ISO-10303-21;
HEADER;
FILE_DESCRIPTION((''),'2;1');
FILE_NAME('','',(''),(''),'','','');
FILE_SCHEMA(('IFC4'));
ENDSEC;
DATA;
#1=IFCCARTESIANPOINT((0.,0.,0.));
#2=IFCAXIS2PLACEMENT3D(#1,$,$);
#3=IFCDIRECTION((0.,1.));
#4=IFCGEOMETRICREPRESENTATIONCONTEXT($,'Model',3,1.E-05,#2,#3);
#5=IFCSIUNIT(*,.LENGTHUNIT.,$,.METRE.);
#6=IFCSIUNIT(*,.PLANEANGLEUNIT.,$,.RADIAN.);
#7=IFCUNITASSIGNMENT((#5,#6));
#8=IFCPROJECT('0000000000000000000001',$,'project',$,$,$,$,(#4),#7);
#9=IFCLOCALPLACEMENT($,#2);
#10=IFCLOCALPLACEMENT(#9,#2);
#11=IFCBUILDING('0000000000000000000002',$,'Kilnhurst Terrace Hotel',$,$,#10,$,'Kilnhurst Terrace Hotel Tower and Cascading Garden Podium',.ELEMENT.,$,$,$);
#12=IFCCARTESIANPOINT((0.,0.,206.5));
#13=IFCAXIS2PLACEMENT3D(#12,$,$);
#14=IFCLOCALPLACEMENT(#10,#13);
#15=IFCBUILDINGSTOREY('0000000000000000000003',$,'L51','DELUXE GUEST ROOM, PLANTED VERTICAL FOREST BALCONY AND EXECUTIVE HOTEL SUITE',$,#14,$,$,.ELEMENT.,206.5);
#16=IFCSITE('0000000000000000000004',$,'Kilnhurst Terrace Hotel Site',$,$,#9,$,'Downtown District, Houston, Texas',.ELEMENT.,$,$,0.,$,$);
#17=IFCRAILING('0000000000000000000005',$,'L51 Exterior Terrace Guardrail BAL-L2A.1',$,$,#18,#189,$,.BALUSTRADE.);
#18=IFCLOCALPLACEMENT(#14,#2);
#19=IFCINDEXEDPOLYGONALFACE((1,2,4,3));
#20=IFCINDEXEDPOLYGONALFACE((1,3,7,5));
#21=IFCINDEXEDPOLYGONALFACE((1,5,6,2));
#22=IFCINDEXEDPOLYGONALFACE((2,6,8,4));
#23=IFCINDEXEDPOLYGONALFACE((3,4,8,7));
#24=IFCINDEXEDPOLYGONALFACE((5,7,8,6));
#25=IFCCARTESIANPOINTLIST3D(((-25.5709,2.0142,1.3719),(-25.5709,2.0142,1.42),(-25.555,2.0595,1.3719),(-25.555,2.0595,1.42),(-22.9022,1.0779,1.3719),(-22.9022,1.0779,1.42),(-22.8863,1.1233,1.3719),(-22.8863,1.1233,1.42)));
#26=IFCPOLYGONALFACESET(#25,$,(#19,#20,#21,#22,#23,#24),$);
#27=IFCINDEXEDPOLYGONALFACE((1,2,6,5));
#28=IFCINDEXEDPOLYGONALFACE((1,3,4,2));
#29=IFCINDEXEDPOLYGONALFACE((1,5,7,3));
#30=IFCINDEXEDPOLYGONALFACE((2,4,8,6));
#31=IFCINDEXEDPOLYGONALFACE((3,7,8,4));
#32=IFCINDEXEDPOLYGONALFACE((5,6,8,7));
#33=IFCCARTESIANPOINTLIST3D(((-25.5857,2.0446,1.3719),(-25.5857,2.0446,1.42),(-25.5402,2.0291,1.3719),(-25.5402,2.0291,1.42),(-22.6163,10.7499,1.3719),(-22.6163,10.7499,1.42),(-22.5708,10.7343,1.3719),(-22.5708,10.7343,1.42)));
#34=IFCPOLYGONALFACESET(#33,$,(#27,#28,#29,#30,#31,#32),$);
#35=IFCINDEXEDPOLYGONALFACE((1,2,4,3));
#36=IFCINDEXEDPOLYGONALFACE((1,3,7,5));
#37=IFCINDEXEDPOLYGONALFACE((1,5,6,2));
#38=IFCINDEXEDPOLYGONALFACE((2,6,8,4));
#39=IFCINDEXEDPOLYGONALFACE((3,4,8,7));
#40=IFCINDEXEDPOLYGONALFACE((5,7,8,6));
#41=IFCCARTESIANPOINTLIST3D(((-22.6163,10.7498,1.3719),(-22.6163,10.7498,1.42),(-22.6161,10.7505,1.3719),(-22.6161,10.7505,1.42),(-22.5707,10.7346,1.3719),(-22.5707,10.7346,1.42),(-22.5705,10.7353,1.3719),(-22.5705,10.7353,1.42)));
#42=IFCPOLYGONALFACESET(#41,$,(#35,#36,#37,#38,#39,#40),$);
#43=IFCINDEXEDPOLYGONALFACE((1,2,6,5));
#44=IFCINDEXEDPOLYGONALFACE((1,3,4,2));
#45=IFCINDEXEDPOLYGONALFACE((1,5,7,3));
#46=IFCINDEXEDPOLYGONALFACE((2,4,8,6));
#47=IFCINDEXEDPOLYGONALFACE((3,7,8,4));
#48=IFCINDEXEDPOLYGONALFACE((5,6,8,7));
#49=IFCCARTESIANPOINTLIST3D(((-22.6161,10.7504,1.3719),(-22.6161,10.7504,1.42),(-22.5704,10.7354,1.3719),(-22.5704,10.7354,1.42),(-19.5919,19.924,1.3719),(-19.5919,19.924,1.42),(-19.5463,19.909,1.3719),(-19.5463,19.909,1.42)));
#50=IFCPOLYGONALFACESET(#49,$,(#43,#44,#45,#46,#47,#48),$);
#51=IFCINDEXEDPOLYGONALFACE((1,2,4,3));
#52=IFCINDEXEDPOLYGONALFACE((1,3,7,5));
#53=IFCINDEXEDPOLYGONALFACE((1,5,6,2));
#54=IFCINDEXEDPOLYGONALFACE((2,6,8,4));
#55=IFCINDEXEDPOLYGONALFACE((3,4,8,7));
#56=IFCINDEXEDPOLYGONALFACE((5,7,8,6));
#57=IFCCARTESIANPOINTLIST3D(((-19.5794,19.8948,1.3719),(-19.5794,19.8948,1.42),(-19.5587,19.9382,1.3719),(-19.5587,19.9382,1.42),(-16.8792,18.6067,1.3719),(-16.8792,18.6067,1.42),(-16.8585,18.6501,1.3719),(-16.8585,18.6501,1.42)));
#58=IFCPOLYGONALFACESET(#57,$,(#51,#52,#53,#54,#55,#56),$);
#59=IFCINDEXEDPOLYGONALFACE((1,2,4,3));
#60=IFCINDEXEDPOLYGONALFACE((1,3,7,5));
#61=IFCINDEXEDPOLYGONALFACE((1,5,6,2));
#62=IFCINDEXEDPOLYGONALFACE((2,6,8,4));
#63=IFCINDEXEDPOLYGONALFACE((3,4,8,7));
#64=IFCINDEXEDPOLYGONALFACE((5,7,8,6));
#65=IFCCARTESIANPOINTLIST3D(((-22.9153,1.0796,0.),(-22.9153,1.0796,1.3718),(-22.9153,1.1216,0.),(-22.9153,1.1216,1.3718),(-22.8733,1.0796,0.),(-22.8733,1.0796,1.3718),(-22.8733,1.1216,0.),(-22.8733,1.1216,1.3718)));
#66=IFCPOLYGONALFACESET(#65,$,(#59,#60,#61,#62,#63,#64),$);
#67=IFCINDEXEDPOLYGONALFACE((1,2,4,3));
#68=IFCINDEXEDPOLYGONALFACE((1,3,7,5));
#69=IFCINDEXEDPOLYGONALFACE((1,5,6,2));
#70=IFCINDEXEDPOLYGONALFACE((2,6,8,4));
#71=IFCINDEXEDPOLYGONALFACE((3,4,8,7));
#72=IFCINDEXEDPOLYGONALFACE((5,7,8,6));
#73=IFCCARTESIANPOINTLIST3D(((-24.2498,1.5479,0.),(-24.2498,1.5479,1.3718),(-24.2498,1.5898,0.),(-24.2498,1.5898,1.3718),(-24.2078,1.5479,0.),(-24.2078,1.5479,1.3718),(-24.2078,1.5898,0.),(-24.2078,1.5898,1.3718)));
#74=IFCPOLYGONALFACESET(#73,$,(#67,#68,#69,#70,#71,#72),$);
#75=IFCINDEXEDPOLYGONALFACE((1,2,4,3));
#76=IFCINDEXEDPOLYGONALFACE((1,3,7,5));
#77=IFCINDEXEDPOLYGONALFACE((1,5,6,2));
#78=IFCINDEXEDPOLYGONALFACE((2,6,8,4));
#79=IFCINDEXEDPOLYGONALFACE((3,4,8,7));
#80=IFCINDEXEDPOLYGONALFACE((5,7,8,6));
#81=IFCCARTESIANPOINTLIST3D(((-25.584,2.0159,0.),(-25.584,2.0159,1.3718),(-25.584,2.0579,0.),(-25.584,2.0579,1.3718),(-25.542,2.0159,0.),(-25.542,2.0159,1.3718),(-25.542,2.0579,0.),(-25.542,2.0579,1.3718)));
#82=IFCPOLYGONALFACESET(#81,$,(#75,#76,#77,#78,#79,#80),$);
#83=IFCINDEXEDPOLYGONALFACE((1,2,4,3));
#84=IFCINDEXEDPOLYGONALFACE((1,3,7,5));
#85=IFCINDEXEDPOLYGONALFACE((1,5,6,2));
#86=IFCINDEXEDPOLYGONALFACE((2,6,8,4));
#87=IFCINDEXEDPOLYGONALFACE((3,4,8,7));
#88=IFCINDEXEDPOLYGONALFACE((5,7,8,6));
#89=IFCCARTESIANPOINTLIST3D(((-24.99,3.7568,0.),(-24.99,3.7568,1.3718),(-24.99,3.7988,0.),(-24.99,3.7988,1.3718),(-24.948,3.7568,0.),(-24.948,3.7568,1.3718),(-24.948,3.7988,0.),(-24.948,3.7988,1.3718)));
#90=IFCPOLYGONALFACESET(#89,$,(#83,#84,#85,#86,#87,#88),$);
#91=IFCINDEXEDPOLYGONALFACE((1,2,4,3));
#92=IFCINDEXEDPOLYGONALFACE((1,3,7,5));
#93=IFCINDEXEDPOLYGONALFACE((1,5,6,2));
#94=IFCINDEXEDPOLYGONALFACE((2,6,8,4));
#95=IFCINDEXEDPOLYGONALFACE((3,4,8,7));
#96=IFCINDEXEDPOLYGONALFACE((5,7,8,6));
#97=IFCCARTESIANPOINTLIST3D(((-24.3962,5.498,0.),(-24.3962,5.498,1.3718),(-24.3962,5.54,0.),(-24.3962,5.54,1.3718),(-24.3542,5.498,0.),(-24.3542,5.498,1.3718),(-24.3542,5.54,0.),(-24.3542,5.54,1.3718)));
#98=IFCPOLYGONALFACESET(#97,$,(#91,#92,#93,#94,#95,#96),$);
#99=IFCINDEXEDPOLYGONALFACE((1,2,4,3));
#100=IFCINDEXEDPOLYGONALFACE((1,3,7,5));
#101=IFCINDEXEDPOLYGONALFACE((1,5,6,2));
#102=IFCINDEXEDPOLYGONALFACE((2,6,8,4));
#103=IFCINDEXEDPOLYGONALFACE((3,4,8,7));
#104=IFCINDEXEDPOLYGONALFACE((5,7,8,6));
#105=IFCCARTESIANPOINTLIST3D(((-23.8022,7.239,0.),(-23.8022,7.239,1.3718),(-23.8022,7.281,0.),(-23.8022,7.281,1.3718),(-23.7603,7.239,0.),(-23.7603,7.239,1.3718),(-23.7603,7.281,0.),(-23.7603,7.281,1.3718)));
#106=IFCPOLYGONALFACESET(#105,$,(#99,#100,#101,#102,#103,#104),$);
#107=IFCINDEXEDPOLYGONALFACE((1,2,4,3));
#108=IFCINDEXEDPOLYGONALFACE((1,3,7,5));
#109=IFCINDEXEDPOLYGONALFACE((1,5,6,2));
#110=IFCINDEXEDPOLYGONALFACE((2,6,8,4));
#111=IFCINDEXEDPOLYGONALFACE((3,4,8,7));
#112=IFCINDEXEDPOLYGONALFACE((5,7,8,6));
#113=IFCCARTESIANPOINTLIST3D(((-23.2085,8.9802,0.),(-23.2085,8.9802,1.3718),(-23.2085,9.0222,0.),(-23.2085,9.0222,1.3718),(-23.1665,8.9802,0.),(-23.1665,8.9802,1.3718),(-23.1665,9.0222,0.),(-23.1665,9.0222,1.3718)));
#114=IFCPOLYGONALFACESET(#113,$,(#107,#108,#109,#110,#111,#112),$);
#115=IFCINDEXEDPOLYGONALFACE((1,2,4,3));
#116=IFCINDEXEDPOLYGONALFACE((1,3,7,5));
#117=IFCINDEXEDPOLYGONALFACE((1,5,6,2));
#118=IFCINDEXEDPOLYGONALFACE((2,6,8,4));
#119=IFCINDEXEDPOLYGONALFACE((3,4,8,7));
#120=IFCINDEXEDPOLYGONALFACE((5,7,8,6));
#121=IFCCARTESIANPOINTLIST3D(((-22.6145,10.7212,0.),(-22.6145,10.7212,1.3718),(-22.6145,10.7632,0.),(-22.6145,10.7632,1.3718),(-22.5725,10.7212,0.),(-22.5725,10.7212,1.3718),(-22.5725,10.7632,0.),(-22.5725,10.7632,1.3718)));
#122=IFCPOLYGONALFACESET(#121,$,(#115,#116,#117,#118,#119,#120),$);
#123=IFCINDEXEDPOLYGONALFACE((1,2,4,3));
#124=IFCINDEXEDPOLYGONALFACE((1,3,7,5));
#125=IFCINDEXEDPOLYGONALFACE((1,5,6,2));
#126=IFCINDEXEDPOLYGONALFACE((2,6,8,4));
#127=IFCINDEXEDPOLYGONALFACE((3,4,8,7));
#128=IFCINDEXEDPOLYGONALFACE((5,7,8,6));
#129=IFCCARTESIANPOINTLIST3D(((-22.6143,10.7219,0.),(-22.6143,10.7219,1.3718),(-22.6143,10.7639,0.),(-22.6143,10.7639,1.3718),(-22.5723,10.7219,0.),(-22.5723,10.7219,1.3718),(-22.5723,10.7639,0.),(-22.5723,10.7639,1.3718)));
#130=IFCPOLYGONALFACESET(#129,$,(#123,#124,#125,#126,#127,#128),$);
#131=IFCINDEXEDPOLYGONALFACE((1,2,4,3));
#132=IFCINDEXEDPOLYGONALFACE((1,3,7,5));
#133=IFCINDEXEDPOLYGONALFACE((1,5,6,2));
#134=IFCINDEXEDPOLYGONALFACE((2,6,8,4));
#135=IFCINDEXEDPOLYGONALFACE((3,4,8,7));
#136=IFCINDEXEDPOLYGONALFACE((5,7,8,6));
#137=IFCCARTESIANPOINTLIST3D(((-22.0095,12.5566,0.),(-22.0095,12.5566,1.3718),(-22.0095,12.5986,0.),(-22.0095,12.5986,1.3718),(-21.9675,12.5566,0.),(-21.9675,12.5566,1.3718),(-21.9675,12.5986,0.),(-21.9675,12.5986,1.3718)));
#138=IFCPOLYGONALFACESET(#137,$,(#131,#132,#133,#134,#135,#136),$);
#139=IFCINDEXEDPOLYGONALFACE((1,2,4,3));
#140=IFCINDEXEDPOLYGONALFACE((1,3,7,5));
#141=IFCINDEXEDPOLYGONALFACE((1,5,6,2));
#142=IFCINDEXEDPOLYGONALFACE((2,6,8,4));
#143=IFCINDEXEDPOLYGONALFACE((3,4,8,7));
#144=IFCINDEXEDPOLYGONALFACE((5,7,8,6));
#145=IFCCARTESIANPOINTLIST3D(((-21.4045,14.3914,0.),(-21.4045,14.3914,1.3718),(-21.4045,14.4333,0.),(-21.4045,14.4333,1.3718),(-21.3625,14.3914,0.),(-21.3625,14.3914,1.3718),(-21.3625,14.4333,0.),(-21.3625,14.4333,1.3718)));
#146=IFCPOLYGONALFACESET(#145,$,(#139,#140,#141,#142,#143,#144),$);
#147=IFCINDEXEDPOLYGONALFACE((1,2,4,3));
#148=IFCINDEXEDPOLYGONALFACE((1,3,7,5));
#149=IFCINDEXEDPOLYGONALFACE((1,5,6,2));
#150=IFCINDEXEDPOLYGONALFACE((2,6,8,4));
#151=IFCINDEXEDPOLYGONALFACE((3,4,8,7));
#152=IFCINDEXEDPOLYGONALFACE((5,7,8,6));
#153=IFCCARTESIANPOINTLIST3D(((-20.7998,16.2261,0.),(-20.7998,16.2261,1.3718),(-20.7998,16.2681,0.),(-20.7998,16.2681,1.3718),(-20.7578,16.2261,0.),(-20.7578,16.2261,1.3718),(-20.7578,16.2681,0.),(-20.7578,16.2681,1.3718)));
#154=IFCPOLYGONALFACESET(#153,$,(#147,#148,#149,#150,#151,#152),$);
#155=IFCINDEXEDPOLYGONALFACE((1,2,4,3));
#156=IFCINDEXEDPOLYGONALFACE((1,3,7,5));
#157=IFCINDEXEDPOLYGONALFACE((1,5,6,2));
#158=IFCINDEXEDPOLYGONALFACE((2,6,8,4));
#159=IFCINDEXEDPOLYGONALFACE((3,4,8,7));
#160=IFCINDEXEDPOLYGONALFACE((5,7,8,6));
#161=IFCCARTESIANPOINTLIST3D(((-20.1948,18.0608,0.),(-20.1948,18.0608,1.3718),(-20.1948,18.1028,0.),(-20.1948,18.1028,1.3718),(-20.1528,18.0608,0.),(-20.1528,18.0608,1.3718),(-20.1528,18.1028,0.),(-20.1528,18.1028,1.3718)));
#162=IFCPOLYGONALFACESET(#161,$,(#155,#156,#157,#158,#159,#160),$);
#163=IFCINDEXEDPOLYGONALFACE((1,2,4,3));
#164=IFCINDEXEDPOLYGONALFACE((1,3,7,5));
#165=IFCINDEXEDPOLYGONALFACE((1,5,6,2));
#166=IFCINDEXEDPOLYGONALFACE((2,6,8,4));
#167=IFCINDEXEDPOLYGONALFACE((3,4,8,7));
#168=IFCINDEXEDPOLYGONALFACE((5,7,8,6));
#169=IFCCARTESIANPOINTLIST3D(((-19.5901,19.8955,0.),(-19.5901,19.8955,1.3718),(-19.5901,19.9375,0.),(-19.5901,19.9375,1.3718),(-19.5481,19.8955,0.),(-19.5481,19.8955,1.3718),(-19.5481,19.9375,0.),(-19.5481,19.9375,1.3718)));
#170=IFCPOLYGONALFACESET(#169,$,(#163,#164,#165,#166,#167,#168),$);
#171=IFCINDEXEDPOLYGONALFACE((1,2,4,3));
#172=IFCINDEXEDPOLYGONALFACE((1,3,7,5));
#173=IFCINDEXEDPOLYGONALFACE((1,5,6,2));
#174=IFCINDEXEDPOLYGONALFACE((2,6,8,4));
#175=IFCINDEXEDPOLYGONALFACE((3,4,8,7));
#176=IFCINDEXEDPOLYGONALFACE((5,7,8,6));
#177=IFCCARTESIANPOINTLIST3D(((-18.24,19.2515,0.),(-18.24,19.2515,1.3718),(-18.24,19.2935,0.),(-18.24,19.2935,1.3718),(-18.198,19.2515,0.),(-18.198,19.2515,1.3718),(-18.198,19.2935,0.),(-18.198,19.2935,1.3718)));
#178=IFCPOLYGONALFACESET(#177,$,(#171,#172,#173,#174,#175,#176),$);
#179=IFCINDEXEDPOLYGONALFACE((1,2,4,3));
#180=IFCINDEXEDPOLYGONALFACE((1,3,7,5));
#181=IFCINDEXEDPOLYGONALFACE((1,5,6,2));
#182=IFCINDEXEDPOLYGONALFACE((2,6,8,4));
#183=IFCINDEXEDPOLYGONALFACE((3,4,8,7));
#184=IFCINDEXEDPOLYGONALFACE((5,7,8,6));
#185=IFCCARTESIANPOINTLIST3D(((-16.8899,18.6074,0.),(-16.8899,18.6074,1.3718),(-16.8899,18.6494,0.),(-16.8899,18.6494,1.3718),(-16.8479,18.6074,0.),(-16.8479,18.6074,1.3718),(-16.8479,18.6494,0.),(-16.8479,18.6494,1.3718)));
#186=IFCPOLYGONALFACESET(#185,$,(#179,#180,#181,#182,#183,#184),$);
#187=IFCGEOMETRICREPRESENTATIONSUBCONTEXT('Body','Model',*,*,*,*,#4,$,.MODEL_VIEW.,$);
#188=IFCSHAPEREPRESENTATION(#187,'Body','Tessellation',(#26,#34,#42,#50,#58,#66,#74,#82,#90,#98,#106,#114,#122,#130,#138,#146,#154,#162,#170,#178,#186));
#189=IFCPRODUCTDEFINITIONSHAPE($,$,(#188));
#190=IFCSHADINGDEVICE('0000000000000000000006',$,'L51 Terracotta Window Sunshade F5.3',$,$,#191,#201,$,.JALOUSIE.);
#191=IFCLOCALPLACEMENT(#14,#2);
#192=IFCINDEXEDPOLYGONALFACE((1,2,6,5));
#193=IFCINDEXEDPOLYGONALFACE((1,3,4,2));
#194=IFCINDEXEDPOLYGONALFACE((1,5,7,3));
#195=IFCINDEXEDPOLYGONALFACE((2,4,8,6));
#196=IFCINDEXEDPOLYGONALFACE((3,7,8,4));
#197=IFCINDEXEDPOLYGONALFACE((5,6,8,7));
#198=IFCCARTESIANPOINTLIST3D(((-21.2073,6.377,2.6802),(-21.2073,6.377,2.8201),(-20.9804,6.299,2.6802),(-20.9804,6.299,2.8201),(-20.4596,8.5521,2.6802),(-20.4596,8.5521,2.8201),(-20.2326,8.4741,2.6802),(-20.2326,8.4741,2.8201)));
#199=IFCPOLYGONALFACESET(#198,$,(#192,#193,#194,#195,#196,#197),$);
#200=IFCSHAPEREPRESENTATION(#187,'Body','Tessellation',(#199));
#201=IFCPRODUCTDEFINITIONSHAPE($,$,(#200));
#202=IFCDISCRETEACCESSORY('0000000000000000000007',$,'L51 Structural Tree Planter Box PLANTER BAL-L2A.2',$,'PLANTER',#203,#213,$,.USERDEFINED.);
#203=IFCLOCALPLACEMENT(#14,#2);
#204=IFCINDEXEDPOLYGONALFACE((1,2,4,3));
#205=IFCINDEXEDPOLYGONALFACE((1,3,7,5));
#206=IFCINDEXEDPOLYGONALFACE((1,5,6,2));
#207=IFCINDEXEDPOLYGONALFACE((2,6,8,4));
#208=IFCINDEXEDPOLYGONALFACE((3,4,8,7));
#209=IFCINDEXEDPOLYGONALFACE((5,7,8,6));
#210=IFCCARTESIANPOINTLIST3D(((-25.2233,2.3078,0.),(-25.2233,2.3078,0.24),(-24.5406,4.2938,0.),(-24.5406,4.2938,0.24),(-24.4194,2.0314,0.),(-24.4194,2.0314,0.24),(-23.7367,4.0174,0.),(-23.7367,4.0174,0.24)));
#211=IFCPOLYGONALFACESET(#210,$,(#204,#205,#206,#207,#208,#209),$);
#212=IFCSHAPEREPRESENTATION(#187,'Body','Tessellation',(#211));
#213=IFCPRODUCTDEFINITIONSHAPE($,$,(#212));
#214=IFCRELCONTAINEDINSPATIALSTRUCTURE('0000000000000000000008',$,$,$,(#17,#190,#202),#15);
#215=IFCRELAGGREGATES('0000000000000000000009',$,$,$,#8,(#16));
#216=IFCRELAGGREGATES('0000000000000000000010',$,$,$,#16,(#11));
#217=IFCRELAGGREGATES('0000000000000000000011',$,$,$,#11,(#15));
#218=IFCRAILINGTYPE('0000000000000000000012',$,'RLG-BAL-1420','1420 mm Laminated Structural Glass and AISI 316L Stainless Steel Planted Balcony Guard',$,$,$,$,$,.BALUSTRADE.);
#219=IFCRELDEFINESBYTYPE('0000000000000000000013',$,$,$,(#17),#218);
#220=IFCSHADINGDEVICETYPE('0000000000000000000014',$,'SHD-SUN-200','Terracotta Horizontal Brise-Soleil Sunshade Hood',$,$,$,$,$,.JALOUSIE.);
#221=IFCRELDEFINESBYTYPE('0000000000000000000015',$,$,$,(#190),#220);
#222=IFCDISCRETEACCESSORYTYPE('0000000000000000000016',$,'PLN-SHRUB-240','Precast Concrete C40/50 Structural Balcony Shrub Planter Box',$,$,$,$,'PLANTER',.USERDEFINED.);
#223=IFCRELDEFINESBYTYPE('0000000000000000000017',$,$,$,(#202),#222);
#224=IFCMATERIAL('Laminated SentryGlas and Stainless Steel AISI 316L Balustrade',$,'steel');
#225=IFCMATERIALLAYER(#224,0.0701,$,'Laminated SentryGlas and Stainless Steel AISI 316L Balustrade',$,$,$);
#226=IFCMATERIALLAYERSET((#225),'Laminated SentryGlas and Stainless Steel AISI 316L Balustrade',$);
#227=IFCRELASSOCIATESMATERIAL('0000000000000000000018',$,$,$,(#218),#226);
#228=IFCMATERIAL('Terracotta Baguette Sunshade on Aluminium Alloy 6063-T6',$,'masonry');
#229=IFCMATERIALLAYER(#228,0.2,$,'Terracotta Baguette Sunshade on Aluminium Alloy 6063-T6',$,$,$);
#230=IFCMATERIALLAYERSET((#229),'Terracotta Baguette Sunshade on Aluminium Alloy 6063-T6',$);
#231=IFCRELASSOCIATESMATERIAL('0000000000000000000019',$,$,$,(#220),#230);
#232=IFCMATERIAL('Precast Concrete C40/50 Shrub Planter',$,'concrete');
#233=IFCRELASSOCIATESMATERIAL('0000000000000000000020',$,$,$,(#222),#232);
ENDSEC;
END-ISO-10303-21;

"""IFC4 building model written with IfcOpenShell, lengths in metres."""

from ifc_helpers import new_model, si_unit, direction, frame, origin, origin_2d, place, context, subcontext, project, spatial, rectangle, extrude, material, layer, layer_set, type_object, element, save


model = new_model("IFC4")

# Units and contexts
model_context = context("Model", 3, precision=1e-05, world=origin(), true_north=direction((0.0, 1.0)))
body_context = subcontext(model_context, "Body", "Model", "MODEL_VIEW")
ifc_project = project(units=[si_unit("LENGTHUNIT", "METRE"), si_unit("PLANEANGLEUNIT", "RADIAN")], contexts=[model_context])

# Site, building, storey
site_placement = place(None, origin())
site = spatial("IfcSite", under=ifc_project, at=site_placement, Name="Kilnhurst Terrace Hotel Site", LongName="Downtown District, Houston, Texas", CompositionType="ELEMENT", RefElevation=0.0)
building_placement = place(site_placement, origin())
building = spatial("IfcBuilding", under=site, at=building_placement, Name="Kilnhurst Terrace Hotel", LongName="Kilnhurst Terrace Hotel Tower and Cascading Garden Podium", CompositionType="ELEMENT")
storey_placement = place(building_placement, frame((0.0, 0.0, 206.5)))
storey = spatial("IfcBuildingStorey", under=building, at=storey_placement, Name="L51", Description="DELUXE GUEST ROOM, PLANTED VERTICAL FOREST BALCONY AND EXECUTIVE HOTEL SUITE", CompositionType="ELEMENT", Elevation=206.5)

# Railing
ifc_material_1 = material(Name="Laminated SentryGlas and Stainless Steel AISI 316L Balustrade", Category="steel")
ifc_layer_1 = layer(ifc_material_1, 0.0701, Name="Laminated SentryGlas and Stainless Steel AISI 316L Balustrade")
ifc_layer_set_1 = layer_set([ifc_layer_1], Name="Laminated SentryGlas and Stainless Steel AISI 316L Balustrade")
railing_type = type_object("IfcRailingType", Name="RLG-BAL-1420", Description="1420 mm Laminated Structural Glass and AISI 316L Stainless Steel Planted Balcony Guard", PredefinedType="BALUSTRADE", material=ifc_layer_set_1)
railing_placement = place(storey_placement, frame((-22.8943, 1.1006, 0.0)))
element("IfcRailing", 1, at=railing_placement, inside=storey, type_object=railing_type, Name="L51 Exterior Terrace Guardrail BAL-L2A.1", PredefinedType="BALUSTRADE", context=body_context, shape_type="SweptSolid", body=[
    extrude(rectangle(XDim=0.0481, YDim=0.0481, at=origin_2d()), frame((0.0, 0.0, 1.396), z_axis=(-0.943612, 0.331054, 0.0), x_axis=(-0.331054, -0.943612, 0.0)), (0.0, 0.0, 1.0), 2.8281),
    extrude(rectangle(XDim=0.0481, YDim=0.0481, at=origin_2d()), frame((-2.6687, 0.9363, 1.396), z_axis=(0.322845, 0.946452, 0.0), x_axis=(-0.946452, 0.322845, 0.0)), (0.0, 0.0, 1.0), 9.1978),
    extrude(rectangle(XDim=0.0481, YDim=0.0481, at=origin_2d()), frame((0.3008, 9.6416, 1.396), z_axis=(0.316228, 0.948683, 0.0), x_axis=(-0.948683, 0.316228, 0.0)), (0.0, 0.0, 1.0), 0.0007),
    extrude(rectangle(XDim=0.0481, YDim=0.0481, at=origin_2d()), frame((0.301, 9.6423, 1.396), z_axis=(0.313087, 0.949725, 0.0), x_axis=(-0.949725, 0.313087, 0.0)), (0.0, 0.0, 1.0), 9.6592),
    extrude(rectangle(XDim=0.0481, YDim=0.0481, at=origin_2d()), frame((3.3252, 18.8159, 1.396), z_axis=(0.902565, -0.430554, 0.0), x_axis=(0.430554, 0.902565, 0.0)), (0.0, 0.0, 1.0), 2.9917),
    extrude(rectangle(XDim=0.042, YDim=0.042, at=origin_2d()), origin(), (0.0, 0.0, 1.0), 1.3718),
    extrude(rectangle(XDim=0.042, YDim=0.042, at=origin_2d()), frame((-1.3345, 0.4683, 0.0)), (0.0, 0.0, 1.0), 1.3718),
    extrude(rectangle(XDim=0.042, YDim=0.042, at=origin_2d()), frame((-2.6687, 0.9363, 0.0)), (0.0, 0.0, 1.0), 1.3718),
    extrude(rectangle(XDim=0.042, YDim=0.042, at=origin_2d()), frame((-2.0747, 2.6772, 0.0)), (0.0, 0.0, 1.0), 1.3718),
    extrude(rectangle(XDim=0.042, YDim=0.042, at=origin_2d()), frame((-1.481, 4.4185, 0.0)), (0.0, 0.0, 1.0), 1.3718),
    extrude(rectangle(XDim=0.042, YDim=0.042, at=origin_2d()), frame((-0.887, 6.1594, 0.0)), (0.0, 0.0, 1.0), 1.3718),
    extrude(rectangle(XDim=0.042, YDim=0.042, at=origin_2d()), frame((-0.2932, 7.9006, 0.0)), (0.0, 0.0, 1.0), 1.3718),
    extrude(rectangle(XDim=0.042, YDim=0.042, at=origin_2d()), frame((0.3008, 9.6416, 0.0)), (0.0, 0.0, 1.0), 1.3718),
    extrude(rectangle(XDim=0.042, YDim=0.042, at=origin_2d()), frame((0.301, 9.6423, 0.0)), (0.0, 0.0, 1.0), 1.3718),
    extrude(rectangle(XDim=0.042, YDim=0.042, at=origin_2d()), frame((0.9058, 11.4771, 0.0)), (0.0, 0.0, 1.0), 1.3718),
    extrude(rectangle(XDim=0.042, YDim=0.042, at=origin_2d()), frame((1.5107, 13.3118, 0.0)), (0.0, 0.0, 1.0), 1.3718),
    extrude(rectangle(XDim=0.042, YDim=0.042, at=origin_2d()), frame((2.1155, 15.1465, 0.0)), (0.0, 0.0, 1.0), 1.3718),
    extrude(rectangle(XDim=0.042, YDim=0.042, at=origin_2d()), frame((2.7205, 16.9812, 0.0)), (0.0, 0.0, 1.0), 1.3718),
    extrude(rectangle(XDim=0.042, YDim=0.042, at=origin_2d()), frame((3.3252, 18.8159, 0.0)), (0.0, 0.0, 1.0), 1.3718),
    extrude(rectangle(XDim=0.042, YDim=0.042, at=origin_2d()), frame((4.6753, 18.1719, 0.0)), (0.0, 0.0, 1.0), 1.3718),
    extrude(rectangle(XDim=0.042, YDim=0.042, at=origin_2d()), frame((6.0254, 17.5278, 0.0)), (0.0, 0.0, 1.0), 1.3718),
])

# Shading device
ifc_material_2 = material(Name="Terracotta Baguette Sunshade on Aluminium Alloy 6063-T6", Category="masonry")
ifc_layer_2 = layer(ifc_material_2, 0.2, Name="Terracotta Baguette Sunshade on Aluminium Alloy 6063-T6")
ifc_layer_set_2 = layer_set([ifc_layer_2], Name="Terracotta Baguette Sunshade on Aluminium Alloy 6063-T6")
shading_device_type = type_object("IfcShadingDeviceType", Name="SHD-SUN-200", Description="Terracotta Horizontal Brise-Soleil Sunshade Hood", PredefinedType="JALOUSIE", material=ifc_layer_set_2)
shading_device_placement = place(storey_placement, frame((-20.72, 7.4255, 2.6802), z_axis=(0.0, 0.0, 1.0), x_axis=(-0.32509, -0.945683, 0.0)))
element("IfcShadingDevice", 2, at=shading_device_placement, inside=storey, type_object=shading_device_type, Name="L51 Terracotta Window Sunshade F5.3", PredefinedType="JALOUSIE", context=body_context, shape_type="SweptSolid", body=[
    extrude(rectangle(XDim=2.3, YDim=0.24, at=origin_2d()), origin(), (0.0, 0.0, 1.0), 0.1399),
])

# Discrete accessory
ifc_material_3 = material(Name="Precast Concrete C40/50 Shrub Planter", Category="concrete")
discrete_accessory_type = type_object("IfcDiscreteAccessoryType", Name="PLN-SHRUB-240", Description="Precast Concrete C40/50 Structural Balcony Shrub Planter Box", ElementType="PLANTER", PredefinedType="USERDEFINED", material=ifc_material_3)
discrete_accessory_placement = place(storey_placement, frame((-24.48, 3.1626, 0.0), z_axis=(0.0, 0.0, 1.0), x_axis=(-0.32509, -0.945683, 0.0)))
element("IfcDiscreteAccessory", 3, at=discrete_accessory_placement, inside=storey, type_object=discrete_accessory_type, Name="L51 Structural Tree Planter Box PLANTER BAL-L2A.2", ObjectType="PLANTER", PredefinedType="USERDEFINED", context=body_context, shape_type="SweptSolid", body=[
    extrude(rectangle(XDim=2.1001, YDim=0.8501, at=origin_2d()), origin(), (0.0, 0.0, 1.0), 0.24),
])

save(model, "model.ifc")
